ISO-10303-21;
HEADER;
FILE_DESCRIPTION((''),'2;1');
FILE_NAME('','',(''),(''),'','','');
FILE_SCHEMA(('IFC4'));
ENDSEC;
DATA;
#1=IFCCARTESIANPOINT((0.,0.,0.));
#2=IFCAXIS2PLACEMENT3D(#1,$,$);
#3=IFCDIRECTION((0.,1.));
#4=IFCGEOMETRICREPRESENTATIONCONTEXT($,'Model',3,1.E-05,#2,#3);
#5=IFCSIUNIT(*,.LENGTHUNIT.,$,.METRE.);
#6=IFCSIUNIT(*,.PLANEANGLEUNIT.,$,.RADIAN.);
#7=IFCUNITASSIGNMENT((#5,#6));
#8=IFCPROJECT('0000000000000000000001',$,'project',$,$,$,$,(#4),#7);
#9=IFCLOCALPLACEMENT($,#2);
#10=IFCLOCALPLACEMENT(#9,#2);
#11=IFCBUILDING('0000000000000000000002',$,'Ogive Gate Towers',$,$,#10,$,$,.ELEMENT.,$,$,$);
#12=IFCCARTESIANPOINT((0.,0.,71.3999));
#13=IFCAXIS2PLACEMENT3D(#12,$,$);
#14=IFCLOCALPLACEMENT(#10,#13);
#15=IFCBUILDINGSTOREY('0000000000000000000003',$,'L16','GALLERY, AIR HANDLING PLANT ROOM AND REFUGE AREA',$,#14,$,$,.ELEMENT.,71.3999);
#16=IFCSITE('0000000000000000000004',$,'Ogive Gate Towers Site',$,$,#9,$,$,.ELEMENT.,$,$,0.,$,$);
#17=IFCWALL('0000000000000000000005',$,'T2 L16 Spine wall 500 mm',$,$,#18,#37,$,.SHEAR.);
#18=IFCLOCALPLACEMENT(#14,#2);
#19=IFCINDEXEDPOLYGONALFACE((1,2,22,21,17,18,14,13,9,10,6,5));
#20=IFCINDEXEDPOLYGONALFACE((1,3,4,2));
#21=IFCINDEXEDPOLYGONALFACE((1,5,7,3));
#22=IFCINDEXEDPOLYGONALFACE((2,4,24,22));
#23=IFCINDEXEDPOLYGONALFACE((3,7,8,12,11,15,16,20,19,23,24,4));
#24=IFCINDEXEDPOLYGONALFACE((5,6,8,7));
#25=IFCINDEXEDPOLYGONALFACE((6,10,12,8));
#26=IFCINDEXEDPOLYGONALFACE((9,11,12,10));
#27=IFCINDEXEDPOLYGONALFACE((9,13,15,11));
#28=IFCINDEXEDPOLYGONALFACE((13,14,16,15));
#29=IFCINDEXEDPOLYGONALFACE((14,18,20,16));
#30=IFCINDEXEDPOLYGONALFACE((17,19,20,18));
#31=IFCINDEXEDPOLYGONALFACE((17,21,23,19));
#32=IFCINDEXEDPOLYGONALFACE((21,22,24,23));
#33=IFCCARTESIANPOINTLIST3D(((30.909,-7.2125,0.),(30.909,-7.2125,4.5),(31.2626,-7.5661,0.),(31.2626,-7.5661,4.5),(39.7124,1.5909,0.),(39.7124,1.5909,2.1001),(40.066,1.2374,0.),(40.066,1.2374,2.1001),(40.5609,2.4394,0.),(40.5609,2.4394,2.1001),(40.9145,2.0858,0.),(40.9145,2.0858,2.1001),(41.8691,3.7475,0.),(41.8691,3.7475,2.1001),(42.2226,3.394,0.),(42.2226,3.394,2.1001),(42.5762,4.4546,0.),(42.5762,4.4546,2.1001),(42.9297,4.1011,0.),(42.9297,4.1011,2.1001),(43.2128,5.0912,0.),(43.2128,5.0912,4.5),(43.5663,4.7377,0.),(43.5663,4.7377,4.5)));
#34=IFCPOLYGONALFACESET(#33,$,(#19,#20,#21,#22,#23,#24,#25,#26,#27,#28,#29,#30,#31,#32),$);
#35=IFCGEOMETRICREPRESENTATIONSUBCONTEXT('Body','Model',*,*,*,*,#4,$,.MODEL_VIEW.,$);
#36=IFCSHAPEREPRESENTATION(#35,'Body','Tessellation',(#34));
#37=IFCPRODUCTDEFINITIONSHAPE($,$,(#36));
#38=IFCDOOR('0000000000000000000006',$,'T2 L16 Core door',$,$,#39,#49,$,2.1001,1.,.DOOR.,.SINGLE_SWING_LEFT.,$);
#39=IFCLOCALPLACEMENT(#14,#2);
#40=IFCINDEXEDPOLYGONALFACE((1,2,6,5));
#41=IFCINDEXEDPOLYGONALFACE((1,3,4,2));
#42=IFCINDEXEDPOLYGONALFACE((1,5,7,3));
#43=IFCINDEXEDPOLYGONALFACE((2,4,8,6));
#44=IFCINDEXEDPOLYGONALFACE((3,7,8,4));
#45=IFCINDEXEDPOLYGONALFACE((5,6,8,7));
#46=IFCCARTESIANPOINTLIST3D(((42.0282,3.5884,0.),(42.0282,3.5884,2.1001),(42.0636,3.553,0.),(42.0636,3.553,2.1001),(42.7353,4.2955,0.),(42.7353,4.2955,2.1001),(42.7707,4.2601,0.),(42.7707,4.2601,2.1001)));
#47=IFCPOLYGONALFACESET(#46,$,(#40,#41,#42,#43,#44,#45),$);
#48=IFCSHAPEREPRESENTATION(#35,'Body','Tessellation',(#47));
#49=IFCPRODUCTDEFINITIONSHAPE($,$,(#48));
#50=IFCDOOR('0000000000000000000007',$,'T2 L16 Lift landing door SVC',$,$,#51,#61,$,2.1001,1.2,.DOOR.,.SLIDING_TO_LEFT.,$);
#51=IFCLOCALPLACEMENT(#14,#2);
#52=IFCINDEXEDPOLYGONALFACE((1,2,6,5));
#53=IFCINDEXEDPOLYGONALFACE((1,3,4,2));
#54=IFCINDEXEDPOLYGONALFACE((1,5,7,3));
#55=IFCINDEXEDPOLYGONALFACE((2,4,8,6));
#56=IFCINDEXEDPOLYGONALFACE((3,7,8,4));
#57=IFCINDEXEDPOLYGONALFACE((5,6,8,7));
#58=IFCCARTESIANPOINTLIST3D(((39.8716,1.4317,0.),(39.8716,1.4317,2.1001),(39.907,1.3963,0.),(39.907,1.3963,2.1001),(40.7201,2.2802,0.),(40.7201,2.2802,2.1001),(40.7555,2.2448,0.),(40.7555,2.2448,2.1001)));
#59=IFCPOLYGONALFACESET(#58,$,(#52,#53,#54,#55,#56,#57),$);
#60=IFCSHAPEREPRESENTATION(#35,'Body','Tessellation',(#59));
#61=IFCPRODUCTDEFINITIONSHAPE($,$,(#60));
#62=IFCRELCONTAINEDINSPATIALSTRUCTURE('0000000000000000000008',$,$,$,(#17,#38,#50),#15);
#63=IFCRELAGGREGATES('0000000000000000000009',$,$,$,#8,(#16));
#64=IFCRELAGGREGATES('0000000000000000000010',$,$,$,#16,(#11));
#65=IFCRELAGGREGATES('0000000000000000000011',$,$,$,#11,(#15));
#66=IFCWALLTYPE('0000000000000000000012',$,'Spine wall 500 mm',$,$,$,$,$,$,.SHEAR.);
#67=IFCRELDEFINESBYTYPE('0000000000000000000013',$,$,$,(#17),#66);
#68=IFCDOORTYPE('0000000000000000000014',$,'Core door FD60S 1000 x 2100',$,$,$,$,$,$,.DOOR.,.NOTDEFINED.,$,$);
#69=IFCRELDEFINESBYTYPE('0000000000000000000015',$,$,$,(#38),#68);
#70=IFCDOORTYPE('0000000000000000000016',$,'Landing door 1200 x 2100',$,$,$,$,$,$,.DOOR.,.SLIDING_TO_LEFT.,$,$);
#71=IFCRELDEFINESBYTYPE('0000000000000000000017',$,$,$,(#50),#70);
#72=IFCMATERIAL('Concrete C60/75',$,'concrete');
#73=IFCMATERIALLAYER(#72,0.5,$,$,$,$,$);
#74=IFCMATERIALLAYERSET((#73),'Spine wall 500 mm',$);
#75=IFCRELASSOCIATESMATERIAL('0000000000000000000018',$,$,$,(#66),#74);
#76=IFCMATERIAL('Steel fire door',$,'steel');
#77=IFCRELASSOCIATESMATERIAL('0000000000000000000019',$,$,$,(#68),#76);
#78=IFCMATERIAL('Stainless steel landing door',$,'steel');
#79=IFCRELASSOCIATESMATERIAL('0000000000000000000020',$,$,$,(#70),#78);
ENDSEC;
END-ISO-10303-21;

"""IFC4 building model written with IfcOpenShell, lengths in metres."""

from ifc_helpers import new_model, si_unit, direction, frame, frame_2d, origin, place, context, subcontext, project, spatial, rectangle, extrude, material, layer, layer_set, type_object, element, fill, save


model = new_model("IFC4")

# Units and contexts
model_context = context("Model", 3, precision=1e-05, world=origin(), true_north=direction((0.0, 1.0)))
body_context = subcontext(model_context, "Body", "Model", "MODEL_VIEW")
ifc_project = project(units=[si_unit("LENGTHUNIT", "METRE"), si_unit("PLANEANGLEUNIT", "RADIAN")], contexts=[model_context])

# Site, building, storey
site_placement = place(None, origin())
site = spatial("IfcSite", under=ifc_project, at=site_placement, Name="Ogive Gate Towers Site", CompositionType="ELEMENT", RefElevation=0.0)
building_placement = place(site_placement, origin())
building = spatial("IfcBuilding", under=site, at=building_placement, Name="Ogive Gate Towers", CompositionType="ELEMENT")
storey_placement = place(building_placement, frame((0.0, 0.0, 71.3999)))
storey = spatial("IfcBuildingStorey", under=building, at=storey_placement, Name="L16", Description="GALLERY, AIR HANDLING PLANT ROOM AND REFUGE AREA", CompositionType="ELEMENT", Elevation=71.3999)

# Shared definitions
ifc_material_1 = material(Name="Steel fire door", Category="steel")

# Shared definitions
ifc_material_2 = material(Name="Concrete C60/75", Category="concrete")

# Wall, openings, doors
ifc_layer_1 = layer(ifc_material_2, 0.5)
ifc_layer_set_1 = layer_set([ifc_layer_1], Name="Spine wall 500 mm")
wall_type_1 = type_object("IfcWallType", Name="Spine wall 500 mm", PredefinedType="SHEAR", material=ifc_layer_set_1)
wall_1_placement = place(storey_placement, frame((31.0857, -7.3894, 0.0), z_axis=(0.0, 0.0, 1.0), x_axis=(0.707107, 0.707107, 0.0)))
wall_1 = element("IfcWall", 1, at=wall_1_placement, inside=storey, type_object=wall_type_1, Name="T2 L16 Spine wall 500 mm", PredefinedType="SHEAR", context=body_context, shape_type="SweptSolid", body=[
    extrude(rectangle(XDim=17.4001, YDim=0.5, at=frame_2d((8.7002, 0.0))), origin(), (0.0, 0.0, 1.0), 4.5),
])
opening_1_placement = place(wall_1_placement, frame((12.45, 0.0, 0.0)))
opening_1 = element("IfcOpeningElement", 2, at=opening_1_placement, cuts=wall_1, PredefinedType="OPENING", context=body_context, shape_type="SweptSolid", body=[
    extrude(rectangle(XDim=1.2, YDim=2.1001, at=frame_2d((0.6001, 1.05))), frame((0.0, 0.26, 0.0), z_axis=(0.0, -1.0, 0.0), x_axis=(1.0, 0.0, 0.0)), (0.0, 0.0, 1.0), 0.52),
])
opening_2_placement = place(wall_1_placement, frame((15.5, 0.0, 0.0)))
opening_2 = element("IfcOpeningElement", 3, at=opening_2_placement, cuts=wall_1, PredefinedType="OPENING", context=body_context, shape_type="SweptSolid", body=[
    extrude(rectangle(XDim=1.0, YDim=2.1001, at=frame_2d((0.5, 1.05))), frame((0.0, 0.26, 0.0), z_axis=(0.0, -1.0, 0.0), x_axis=(1.0, 0.0, 0.0)), (0.0, 0.0, 1.0), 0.52),
])
door_type_1 = type_object("IfcDoorType", Name="Core door FD60S 1000 x 2100", OperationType="NOTDEFINED", PredefinedType="DOOR", material=ifc_material_1)
door_1_placement = place(opening_2_placement, origin())
door_1 = element("IfcDoor", 4, at=door_1_placement, inside=storey, type_object=door_type_1, Name="T2 L16 Core door", OperationType="SINGLE_SWING_LEFT", OverallHeight=2.1001, OverallWidth=1.0, PredefinedType="DOOR", context=body_context, shape_type="SweptSolid", body=[
    extrude(rectangle(XDim=1.0, YDim=2.1001, at=frame_2d((0.5, 1.05))), frame((0.0, 0.0249, 0.0), z_axis=(0.0, -1.0, 0.0), x_axis=(1.0, 0.0, 0.0)), (0.0, 0.0, 1.0), 0.05),
])
fill(opening_2, door_1)
ifc_material_3 = material(Name="Stainless steel landing door", Category="steel")
door_type_2 = type_object("IfcDoorType", Name="Landing door 1200 x 2100", OperationType="SLIDING_TO_LEFT", PredefinedType="DOOR", material=ifc_material_3)
door_2_placement = place(opening_1_placement, origin())
door_2 = element("IfcDoor", 5, at=door_2_placement, inside=storey, type_object=door_type_2, Name="T2 L16 Lift landing door SVC", OperationType="SLIDING_TO_LEFT", OverallHeight=2.1001, OverallWidth=1.2, PredefinedType="DOOR", context=body_context, shape_type="SweptSolid", body=[
    extrude(rectangle(XDim=1.2, YDim=2.1001, at=frame_2d((0.6001, 1.05))), frame((0.0, 0.0249, 0.0), z_axis=(0.0, -1.0, 0.0), x_axis=(1.0, 0.0, 0.0)), (0.0, 0.0, 1.0), 0.05),
])
fill(opening_1, door_2)

save(model, "model.ifc")
